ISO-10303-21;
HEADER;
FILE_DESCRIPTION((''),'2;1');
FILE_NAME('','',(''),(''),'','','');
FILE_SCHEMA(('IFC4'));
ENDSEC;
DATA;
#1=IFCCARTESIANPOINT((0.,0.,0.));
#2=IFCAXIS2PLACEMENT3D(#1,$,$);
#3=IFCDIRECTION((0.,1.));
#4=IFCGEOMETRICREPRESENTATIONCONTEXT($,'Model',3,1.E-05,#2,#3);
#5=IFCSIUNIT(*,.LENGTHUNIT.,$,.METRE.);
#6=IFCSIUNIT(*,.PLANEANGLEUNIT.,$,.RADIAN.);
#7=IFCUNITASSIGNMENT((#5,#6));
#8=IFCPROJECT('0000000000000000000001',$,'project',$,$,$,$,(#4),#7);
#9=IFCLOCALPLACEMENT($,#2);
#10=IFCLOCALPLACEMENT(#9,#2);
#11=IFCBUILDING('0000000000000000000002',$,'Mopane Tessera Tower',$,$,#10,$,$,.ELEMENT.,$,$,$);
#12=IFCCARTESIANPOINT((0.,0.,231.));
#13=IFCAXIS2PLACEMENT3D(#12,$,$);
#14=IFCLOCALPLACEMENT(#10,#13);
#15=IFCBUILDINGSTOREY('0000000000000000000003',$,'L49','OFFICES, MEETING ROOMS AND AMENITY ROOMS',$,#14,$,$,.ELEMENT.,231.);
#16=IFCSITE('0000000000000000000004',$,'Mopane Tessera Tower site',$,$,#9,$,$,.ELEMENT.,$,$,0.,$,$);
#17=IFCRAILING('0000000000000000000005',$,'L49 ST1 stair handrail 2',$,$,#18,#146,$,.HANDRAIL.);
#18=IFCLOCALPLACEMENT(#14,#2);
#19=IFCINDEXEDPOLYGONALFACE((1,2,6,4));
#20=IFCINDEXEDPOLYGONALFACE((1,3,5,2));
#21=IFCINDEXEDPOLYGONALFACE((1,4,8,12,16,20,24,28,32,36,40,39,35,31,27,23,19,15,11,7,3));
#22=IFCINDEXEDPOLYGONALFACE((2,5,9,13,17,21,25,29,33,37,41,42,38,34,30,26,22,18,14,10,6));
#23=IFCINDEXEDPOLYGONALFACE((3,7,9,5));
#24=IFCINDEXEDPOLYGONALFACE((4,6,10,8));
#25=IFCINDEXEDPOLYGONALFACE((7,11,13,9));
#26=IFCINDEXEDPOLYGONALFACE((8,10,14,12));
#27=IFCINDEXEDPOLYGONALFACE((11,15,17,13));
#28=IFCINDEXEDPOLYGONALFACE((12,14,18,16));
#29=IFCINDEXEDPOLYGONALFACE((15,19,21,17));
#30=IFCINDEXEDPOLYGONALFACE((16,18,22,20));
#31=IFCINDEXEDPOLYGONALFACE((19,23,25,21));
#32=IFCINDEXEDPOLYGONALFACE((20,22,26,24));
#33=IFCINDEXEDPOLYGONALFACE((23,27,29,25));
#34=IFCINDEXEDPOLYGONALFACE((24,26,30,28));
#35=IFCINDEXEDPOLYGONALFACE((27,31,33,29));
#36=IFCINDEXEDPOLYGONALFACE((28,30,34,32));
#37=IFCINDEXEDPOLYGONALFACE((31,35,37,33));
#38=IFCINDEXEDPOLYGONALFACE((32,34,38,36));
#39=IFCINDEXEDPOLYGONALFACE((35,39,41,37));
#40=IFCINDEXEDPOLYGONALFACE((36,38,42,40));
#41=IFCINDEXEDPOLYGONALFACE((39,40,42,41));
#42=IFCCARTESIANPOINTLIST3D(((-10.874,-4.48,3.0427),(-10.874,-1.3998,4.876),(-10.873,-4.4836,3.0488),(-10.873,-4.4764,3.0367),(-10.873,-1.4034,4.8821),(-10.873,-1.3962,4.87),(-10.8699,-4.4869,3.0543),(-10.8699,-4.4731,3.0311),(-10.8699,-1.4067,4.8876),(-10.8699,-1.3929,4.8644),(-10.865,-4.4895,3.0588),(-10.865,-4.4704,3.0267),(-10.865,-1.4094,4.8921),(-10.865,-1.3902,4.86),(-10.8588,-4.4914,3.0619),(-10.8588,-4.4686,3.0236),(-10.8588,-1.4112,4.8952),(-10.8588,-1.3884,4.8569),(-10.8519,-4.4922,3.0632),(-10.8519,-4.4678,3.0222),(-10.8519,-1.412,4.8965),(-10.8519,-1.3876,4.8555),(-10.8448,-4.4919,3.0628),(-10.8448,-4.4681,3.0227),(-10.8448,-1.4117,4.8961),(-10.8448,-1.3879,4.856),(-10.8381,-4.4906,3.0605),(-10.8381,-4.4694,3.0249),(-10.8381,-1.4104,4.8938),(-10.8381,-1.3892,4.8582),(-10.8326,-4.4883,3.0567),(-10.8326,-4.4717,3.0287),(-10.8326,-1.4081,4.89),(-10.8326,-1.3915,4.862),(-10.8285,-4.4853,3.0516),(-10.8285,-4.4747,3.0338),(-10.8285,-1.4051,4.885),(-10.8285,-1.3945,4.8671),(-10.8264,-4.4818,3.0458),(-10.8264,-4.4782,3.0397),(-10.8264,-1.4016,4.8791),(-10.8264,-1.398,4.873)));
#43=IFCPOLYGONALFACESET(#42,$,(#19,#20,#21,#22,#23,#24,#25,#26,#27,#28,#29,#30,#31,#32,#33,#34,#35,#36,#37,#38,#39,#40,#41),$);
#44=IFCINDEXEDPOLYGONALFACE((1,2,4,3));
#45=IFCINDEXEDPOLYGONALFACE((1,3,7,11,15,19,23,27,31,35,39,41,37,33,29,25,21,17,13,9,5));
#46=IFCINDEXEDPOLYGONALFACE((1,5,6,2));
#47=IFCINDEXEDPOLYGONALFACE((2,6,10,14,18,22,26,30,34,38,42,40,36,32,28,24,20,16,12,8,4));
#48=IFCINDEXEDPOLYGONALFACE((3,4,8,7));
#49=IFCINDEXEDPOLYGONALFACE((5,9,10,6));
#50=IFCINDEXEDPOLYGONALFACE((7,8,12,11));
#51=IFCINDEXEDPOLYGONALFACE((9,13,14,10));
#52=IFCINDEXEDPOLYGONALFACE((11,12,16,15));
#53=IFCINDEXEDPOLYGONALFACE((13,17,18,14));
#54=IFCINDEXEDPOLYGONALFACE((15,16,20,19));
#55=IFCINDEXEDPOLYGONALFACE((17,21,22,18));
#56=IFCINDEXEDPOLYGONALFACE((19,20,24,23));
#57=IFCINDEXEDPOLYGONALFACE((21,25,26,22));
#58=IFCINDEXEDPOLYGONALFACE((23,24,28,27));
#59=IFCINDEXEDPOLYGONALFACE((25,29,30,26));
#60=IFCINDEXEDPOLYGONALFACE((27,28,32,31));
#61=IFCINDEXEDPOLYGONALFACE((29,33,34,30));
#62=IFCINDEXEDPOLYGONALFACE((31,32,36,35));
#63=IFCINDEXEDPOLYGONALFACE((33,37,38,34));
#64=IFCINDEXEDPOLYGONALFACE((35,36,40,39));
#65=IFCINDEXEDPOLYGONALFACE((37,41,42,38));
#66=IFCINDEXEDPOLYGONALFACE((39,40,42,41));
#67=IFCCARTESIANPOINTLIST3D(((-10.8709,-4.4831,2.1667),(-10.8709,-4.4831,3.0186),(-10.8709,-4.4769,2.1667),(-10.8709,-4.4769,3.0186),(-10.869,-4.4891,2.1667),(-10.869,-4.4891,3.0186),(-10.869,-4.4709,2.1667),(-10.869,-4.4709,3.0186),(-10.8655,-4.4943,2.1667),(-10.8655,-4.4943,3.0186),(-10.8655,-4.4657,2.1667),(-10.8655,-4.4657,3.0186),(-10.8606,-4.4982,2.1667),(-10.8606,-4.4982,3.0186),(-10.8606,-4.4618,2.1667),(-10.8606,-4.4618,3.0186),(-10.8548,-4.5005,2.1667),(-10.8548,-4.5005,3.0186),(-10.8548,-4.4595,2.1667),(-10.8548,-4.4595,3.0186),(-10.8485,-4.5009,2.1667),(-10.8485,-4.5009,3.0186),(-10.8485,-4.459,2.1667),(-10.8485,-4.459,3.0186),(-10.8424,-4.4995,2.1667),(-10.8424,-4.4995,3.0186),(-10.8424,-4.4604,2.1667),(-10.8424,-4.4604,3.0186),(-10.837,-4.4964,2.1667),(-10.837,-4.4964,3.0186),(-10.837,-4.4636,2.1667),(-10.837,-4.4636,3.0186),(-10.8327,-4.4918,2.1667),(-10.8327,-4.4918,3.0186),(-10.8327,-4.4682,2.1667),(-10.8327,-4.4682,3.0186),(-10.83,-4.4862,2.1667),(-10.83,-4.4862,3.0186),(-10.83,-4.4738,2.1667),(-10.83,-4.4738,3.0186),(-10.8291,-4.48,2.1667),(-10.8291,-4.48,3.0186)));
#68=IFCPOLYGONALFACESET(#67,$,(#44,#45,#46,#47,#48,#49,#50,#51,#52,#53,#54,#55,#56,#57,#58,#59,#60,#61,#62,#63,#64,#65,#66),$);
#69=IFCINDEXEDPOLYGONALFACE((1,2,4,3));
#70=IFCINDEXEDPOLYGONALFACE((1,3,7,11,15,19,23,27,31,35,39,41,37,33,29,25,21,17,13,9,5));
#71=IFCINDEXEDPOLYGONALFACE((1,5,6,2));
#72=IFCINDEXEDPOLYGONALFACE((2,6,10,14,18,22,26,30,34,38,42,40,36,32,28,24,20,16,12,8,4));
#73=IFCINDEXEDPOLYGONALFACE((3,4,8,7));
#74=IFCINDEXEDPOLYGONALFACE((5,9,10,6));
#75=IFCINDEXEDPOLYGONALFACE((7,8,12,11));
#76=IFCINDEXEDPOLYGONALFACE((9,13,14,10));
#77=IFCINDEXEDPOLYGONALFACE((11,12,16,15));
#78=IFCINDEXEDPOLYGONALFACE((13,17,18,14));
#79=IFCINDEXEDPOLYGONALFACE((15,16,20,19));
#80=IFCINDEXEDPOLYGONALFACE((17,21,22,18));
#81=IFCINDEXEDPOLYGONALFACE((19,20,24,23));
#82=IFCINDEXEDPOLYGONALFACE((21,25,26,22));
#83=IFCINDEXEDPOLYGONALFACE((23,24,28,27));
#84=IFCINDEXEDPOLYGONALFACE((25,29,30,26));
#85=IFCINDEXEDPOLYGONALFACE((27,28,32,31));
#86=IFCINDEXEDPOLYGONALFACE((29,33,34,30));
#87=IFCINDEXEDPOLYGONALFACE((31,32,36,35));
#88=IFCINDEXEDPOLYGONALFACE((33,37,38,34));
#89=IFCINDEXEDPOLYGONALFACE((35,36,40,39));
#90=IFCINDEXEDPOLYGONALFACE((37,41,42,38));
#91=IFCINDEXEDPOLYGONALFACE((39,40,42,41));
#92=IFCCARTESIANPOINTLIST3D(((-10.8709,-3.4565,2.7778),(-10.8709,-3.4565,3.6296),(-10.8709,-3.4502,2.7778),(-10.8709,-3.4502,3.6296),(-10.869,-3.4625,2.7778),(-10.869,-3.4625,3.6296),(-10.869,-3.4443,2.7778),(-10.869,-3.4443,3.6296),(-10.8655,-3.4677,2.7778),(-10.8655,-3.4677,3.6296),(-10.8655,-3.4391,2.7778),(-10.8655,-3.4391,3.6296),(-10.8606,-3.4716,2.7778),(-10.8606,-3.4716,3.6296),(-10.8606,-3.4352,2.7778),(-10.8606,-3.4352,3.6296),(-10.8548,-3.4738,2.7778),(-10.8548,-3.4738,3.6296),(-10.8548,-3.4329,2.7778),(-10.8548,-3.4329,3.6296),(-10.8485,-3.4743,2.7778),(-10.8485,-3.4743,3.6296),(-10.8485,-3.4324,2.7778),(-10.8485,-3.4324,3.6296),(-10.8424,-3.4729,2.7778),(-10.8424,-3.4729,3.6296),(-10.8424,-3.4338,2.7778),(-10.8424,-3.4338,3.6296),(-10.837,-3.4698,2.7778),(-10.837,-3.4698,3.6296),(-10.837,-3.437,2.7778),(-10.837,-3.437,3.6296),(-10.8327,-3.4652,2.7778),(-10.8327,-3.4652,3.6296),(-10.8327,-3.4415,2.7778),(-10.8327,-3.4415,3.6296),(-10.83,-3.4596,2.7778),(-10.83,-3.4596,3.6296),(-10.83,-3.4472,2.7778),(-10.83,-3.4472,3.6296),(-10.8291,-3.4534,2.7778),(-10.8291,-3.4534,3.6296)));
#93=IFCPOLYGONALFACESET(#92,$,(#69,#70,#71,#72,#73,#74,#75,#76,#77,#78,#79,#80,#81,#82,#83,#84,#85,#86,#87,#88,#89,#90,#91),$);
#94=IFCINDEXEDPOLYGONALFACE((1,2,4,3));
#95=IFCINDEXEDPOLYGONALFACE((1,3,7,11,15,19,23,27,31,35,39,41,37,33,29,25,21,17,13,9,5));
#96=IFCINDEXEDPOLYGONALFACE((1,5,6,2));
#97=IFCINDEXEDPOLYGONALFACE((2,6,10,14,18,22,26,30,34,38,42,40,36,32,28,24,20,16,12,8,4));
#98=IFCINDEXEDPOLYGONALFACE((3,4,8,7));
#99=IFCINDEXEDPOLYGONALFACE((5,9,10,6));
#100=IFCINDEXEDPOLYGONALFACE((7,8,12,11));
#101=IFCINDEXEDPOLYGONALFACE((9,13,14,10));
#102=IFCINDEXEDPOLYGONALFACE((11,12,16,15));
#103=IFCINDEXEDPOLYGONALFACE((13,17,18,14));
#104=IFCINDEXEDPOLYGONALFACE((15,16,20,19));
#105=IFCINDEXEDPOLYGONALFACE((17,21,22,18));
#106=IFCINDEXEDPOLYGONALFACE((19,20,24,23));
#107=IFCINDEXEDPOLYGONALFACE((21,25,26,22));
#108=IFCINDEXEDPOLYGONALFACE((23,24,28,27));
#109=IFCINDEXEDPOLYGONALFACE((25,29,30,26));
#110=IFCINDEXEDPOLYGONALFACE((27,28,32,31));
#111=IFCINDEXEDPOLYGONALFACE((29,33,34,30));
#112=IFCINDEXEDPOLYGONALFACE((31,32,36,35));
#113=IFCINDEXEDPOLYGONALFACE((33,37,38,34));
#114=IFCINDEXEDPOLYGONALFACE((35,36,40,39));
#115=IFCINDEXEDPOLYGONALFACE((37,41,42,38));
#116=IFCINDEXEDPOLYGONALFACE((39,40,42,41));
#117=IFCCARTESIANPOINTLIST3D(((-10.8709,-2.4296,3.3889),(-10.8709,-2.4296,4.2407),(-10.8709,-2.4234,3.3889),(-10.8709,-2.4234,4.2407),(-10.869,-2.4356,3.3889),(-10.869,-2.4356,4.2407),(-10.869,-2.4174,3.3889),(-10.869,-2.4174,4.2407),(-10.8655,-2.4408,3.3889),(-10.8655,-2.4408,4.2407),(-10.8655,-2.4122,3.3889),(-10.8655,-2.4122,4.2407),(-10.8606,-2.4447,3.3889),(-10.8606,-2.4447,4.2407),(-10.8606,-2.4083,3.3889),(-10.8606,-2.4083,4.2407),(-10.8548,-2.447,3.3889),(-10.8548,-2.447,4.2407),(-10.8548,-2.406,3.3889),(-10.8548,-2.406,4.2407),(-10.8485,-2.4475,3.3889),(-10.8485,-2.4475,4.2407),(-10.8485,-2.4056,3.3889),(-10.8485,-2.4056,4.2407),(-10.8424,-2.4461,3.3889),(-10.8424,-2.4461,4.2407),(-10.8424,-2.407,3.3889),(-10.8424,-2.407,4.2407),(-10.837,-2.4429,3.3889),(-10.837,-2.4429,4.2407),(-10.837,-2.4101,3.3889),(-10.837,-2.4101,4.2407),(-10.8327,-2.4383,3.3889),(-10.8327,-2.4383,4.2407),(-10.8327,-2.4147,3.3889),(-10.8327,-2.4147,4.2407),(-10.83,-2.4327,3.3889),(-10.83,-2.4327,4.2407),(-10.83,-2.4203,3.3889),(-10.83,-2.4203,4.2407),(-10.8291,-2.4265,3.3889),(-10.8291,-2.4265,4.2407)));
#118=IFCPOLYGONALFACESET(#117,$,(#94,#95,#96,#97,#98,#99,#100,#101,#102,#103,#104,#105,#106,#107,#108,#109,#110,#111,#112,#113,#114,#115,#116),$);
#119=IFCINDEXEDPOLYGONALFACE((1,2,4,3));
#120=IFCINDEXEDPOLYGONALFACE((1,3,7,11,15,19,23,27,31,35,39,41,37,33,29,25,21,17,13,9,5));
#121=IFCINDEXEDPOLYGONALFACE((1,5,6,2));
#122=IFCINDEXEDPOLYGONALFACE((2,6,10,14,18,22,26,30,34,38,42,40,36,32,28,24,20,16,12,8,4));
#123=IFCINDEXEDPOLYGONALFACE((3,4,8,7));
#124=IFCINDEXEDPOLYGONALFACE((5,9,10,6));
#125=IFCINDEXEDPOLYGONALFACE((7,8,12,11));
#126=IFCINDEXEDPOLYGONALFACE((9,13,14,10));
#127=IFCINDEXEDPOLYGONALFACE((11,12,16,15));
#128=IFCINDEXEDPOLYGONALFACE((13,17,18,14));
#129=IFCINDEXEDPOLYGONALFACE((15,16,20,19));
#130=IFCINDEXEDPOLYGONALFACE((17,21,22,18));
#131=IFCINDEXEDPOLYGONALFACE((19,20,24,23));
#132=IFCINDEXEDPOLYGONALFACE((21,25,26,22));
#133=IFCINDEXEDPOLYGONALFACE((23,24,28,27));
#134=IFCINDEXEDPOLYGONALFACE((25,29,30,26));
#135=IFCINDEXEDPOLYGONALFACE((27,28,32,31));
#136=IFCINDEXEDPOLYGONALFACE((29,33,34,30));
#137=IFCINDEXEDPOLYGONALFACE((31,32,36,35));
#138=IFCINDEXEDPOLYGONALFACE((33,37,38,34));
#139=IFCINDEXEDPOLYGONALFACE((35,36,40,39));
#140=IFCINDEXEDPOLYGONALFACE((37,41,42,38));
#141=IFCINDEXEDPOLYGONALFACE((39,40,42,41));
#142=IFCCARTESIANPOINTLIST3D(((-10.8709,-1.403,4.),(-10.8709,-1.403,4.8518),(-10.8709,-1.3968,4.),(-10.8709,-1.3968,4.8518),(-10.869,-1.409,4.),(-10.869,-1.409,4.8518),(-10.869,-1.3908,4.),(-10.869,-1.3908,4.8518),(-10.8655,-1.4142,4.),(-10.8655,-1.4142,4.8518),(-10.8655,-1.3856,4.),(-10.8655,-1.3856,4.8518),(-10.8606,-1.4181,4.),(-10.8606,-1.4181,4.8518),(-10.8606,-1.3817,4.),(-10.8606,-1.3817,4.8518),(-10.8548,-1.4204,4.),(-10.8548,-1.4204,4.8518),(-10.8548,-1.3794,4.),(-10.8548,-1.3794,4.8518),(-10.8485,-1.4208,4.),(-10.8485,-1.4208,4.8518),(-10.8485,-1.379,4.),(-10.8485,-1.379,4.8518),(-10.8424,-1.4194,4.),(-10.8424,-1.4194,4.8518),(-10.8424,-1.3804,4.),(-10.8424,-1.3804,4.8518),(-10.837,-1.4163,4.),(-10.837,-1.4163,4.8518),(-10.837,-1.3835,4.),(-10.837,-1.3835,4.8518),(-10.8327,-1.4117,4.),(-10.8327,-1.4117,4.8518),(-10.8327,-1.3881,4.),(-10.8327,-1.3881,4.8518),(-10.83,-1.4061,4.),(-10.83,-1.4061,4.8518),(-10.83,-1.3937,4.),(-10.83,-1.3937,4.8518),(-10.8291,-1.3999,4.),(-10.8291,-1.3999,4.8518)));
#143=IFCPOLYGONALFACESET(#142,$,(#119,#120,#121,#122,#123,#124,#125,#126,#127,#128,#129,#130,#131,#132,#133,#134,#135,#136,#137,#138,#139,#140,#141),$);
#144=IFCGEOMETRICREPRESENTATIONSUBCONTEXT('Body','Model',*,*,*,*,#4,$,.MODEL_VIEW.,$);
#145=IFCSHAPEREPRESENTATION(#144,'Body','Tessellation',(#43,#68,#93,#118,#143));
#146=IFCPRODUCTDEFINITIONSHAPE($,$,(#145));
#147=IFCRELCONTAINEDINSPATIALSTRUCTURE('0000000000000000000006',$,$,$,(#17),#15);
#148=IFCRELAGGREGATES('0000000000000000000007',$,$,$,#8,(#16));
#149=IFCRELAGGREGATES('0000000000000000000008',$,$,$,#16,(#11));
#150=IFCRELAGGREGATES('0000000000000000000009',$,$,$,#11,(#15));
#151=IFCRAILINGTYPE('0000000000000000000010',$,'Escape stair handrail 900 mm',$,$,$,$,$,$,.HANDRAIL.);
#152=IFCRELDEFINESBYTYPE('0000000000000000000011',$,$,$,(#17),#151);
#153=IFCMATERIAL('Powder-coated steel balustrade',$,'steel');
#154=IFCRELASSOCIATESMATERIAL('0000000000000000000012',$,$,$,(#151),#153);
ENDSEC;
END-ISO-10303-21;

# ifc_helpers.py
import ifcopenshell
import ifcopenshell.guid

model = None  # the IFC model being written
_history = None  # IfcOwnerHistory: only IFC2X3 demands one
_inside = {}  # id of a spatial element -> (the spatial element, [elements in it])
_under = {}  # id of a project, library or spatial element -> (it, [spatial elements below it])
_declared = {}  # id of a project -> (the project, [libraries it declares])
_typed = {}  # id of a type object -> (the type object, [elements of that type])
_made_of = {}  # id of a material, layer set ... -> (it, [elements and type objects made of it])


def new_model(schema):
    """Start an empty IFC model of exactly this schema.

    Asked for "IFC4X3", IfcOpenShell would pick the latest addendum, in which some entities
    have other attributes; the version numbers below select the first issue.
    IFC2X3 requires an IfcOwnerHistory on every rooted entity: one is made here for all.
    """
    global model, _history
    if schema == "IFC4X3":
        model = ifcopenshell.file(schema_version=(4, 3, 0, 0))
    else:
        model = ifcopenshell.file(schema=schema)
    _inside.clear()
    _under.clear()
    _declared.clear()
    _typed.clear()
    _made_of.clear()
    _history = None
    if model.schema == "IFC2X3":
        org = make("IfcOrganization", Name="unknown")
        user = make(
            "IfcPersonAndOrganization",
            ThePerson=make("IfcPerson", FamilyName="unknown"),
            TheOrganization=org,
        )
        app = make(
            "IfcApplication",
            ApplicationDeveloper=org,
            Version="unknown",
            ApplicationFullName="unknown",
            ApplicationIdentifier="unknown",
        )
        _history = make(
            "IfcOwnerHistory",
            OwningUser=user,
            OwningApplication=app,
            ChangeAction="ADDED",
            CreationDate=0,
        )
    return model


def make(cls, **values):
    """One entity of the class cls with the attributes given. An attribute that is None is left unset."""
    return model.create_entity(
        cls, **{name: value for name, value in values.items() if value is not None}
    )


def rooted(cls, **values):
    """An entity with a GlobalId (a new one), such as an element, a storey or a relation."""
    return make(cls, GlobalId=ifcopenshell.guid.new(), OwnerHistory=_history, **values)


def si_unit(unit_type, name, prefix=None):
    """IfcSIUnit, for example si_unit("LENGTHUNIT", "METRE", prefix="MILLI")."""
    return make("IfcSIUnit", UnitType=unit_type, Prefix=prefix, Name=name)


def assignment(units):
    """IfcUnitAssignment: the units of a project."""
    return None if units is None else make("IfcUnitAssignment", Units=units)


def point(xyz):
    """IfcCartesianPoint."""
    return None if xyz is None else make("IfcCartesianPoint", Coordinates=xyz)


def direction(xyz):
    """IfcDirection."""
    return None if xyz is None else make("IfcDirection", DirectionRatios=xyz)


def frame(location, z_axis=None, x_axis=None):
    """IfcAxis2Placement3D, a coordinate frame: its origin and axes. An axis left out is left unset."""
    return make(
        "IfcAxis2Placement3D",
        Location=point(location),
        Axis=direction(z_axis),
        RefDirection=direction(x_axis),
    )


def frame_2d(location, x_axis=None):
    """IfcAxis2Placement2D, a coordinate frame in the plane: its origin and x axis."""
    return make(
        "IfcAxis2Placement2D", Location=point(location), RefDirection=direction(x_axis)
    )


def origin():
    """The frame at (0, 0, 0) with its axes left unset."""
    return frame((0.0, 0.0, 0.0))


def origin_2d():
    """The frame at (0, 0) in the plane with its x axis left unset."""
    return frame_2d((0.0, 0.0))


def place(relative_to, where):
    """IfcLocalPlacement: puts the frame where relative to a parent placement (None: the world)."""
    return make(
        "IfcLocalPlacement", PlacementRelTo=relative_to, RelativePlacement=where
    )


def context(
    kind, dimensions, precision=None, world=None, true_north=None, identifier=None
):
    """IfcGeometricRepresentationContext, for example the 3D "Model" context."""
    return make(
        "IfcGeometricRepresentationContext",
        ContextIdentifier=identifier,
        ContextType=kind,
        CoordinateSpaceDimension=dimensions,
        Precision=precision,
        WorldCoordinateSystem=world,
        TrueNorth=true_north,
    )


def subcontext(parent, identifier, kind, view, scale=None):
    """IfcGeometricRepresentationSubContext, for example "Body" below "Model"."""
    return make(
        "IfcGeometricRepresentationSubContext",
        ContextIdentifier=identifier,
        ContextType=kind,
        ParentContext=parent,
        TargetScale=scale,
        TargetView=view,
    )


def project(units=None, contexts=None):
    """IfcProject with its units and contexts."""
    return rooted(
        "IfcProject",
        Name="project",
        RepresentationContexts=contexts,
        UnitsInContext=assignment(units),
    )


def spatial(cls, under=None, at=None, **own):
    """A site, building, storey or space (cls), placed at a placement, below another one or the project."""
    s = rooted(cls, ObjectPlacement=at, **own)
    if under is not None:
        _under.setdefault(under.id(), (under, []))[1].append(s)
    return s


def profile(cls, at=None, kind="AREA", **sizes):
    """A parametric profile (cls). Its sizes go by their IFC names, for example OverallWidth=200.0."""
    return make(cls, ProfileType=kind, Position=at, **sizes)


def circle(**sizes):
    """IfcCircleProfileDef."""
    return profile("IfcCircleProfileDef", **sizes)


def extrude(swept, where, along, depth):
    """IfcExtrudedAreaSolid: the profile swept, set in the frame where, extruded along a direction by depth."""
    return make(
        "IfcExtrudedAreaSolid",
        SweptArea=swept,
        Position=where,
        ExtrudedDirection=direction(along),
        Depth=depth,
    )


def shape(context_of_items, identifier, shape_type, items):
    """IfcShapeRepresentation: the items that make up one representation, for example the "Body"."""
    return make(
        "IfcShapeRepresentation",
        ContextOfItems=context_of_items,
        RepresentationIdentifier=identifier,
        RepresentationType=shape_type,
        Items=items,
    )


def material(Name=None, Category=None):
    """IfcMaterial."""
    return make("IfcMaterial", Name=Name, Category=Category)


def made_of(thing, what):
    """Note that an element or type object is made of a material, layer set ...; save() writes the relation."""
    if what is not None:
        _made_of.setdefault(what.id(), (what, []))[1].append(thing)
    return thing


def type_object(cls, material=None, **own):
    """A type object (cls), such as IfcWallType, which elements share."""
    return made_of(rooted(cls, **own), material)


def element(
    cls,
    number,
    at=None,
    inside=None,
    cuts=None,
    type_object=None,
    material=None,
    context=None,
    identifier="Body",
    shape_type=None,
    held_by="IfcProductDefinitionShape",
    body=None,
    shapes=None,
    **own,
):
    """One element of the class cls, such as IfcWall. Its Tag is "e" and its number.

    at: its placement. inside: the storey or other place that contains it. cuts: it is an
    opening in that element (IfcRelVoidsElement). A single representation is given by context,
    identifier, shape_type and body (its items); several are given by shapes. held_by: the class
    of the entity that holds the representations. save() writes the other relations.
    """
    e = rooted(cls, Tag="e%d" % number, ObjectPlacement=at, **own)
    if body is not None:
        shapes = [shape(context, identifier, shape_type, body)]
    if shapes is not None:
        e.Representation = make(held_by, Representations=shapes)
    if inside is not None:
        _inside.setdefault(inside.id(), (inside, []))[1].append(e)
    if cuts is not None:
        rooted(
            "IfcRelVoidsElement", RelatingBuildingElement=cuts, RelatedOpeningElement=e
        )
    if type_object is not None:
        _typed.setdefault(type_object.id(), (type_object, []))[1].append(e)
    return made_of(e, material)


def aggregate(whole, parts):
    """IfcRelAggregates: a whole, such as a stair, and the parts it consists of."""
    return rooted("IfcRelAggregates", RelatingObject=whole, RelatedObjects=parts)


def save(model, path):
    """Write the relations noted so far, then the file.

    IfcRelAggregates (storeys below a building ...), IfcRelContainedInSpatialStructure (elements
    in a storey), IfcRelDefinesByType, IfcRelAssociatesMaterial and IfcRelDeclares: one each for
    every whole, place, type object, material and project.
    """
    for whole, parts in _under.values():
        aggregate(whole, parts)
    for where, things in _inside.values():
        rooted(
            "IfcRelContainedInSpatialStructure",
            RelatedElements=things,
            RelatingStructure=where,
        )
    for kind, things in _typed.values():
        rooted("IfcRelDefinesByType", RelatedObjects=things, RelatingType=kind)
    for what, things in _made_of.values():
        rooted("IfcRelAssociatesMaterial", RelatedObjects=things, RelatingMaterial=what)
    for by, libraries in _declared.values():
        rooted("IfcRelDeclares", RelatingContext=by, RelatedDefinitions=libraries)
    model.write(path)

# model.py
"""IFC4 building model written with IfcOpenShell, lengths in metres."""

from ifc_helpers import new_model, si_unit, direction, frame, origin, origin_2d, place, context, subcontext, project, spatial, circle, extrude, material, type_object, element, save


model = new_model("IFC4")

# Units and contexts
model_context = context("Model", 3, precision=1e-05, world=origin(), true_north=direction((0.0, 1.0)))
body_context = subcontext(model_context, "Body", "Model", "MODEL_VIEW")
ifc_project = project(units=[si_unit("LENGTHUNIT", "METRE"), si_unit("PLANEANGLEUNIT", "RADIAN")], contexts=[model_context])

# Site, building, storey
site_placement = place(None, origin())
site = spatial("IfcSite", under=ifc_project, at=site_placement, Name="Mopane Tessera Tower site", CompositionType="ELEMENT", RefElevation=0.0)
building_placement = place(site_placement, origin())
building = spatial("IfcBuilding", under=site, at=building_placement, Name="Mopane Tessera Tower", CompositionType="ELEMENT")
storey_placement = place(building_placement, frame((0.0, 0.0, 231.0)))
storey = spatial("IfcBuildingStorey", under=building, at=storey_placement, Name="L49", Description="OFFICES, MEETING ROOMS AND AMENITY ROOMS", CompositionType="ELEMENT", Elevation=231.0)

# Railing
ifc_material_1 = material(Name="Powder-coated steel balustrade", Category="steel")
railing_type_1 = type_object("IfcRailingType", Name="Escape stair handrail 900 mm", PredefinedType="HANDRAIL", material=ifc_material_1)
railing_1_placement = place(storey_placement, frame((-10.8501, -4.48, 2.1667)))
element("IfcRailing", 1, at=railing_1_placement, inside=storey, type_object=railing_type_1, Name="L49 ST1 stair handrail 2", PredefinedType="HANDRAIL", context=body_context, shape_type="SweptSolid", body=[
    extrude(circle(Radius=0.0239, at=origin_2d()), frame((0.0, 0.0, 0.876), z_axis=(0.0, 0.859309, 0.511458), x_axis=(-1.0, 0.0, 0.0)), (0.0, 0.0, 1.0), 3.5845),
    extrude(circle(Radius=0.021, at=origin_2d()), origin(), (0.0, 0.0, 1.0), 0.8518),
    extrude(circle(Radius=0.021, at=origin_2d()), frame((0.0, 1.0266, 0.6111)), (0.0, 0.0, 1.0), 0.8518),
    extrude(circle(Radius=0.021, at=origin_2d()), frame((0.0, 2.0535, 1.2222)), (0.0, 0.0, 1.0), 0.8518),
    extrude(circle(Radius=0.021, at=origin_2d()), frame((0.0, 3.0801, 1.8333)), (0.0, 0.0, 1.0), 0.8518),
])

save(model, "model.ifc")
